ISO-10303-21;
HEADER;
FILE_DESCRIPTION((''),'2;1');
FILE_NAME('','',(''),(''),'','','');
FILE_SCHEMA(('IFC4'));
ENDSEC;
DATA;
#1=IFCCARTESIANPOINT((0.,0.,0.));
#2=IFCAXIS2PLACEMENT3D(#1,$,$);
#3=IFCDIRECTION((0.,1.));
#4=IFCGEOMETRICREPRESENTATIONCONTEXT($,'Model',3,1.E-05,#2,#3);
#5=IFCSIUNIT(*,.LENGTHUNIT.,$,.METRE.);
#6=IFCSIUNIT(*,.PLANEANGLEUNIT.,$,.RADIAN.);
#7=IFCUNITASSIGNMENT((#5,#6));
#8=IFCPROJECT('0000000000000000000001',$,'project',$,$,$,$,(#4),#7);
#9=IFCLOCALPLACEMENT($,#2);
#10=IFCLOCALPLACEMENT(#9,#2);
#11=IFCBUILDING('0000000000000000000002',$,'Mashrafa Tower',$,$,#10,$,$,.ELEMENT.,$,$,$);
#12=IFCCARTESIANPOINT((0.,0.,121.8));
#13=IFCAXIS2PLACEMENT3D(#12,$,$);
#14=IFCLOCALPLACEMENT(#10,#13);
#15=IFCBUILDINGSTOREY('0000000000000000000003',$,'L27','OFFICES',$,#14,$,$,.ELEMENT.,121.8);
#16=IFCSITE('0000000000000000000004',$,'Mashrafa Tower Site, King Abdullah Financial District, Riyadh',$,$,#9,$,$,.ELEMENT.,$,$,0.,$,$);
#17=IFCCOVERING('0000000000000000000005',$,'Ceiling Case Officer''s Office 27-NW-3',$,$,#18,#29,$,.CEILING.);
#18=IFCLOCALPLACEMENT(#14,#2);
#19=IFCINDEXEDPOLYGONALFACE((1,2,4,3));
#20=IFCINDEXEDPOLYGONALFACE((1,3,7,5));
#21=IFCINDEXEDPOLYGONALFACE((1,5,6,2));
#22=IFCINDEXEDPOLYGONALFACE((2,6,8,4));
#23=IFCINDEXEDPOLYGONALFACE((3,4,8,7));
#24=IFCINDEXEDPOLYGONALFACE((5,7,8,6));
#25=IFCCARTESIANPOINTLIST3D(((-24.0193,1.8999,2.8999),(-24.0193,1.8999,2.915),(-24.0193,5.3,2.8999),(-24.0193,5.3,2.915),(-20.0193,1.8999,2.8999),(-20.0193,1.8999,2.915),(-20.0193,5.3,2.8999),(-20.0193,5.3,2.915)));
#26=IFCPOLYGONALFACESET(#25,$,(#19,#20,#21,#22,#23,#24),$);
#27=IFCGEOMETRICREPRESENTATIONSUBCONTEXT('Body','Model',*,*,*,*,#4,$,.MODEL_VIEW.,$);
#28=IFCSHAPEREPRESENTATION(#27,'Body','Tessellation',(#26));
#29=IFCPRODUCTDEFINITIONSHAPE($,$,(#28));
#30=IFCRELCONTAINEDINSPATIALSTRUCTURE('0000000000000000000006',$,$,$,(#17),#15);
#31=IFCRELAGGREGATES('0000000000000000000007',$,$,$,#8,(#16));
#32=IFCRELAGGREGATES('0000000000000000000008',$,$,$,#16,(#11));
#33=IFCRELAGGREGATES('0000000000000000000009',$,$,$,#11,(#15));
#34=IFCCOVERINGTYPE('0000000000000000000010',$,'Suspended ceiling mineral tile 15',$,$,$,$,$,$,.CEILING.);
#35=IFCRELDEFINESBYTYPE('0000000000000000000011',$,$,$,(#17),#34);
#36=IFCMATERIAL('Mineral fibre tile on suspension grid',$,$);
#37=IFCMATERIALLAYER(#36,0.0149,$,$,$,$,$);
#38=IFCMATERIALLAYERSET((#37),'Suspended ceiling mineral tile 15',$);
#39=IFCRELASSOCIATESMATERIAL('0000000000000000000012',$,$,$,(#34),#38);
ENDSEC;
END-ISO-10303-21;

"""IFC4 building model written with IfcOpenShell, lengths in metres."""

from ifc_helpers import new_model, si_unit, direction, frame, origin, place, context, subcontext, project, spatial, polyline, outline, extrude, material, layer, layer_set, type_object, element, save


model = new_model("IFC4")

# Units and contexts
model_context = context("Model", 3, precision=1e-05, world=origin(), true_north=direction((0.0, 1.0)))
body_context = subcontext(model_context, "Body", "Model", "MODEL_VIEW")
ifc_project = project(units=[si_unit("LENGTHUNIT", "METRE"), si_unit("PLANEANGLEUNIT", "RADIAN")], contexts=[model_context])

# Site, building, storey
site_placement = place(None, origin())
site = spatial("IfcSite", under=ifc_project, at=site_placement, Name="Mashrafa Tower Site, King Abdullah Financial District, Riyadh", CompositionType="ELEMENT", RefElevation=0.0)
building_placement = place(site_placement, origin())
building = spatial("IfcBuilding", under=site, at=building_placement, Name="Mashrafa Tower", CompositionType="ELEMENT")
storey_placement = place(building_placement, frame((0.0, 0.0, 121.8)))
storey = spatial("IfcBuildingStorey", under=building, at=storey_placement, Name="L27", Description="OFFICES", CompositionType="ELEMENT", Elevation=121.8)

# Covering
ifc_material_1 = material(Name="Mineral fibre tile on suspension grid")
ifc_layer_1 = layer(ifc_material_1, 0.0149)
ifc_layer_set_1 = layer_set([ifc_layer_1], Name="Suspended ceiling mineral tile 15")
covering_type = type_object("IfcCoveringType", Name="Suspended ceiling mineral tile 15", PredefinedType="CEILING", material=ifc_layer_set_1)
covering_1_placement = place(storey_placement, frame((0.0, 0.0, 2.8999)))
element("IfcCovering", 1, at=covering_1_placement, inside=storey, type_object=covering_type, Name="Ceiling Case Officer's Office 27-NW-3", PredefinedType="CEILING", context=body_context, shape_type="SweptSolid", body=[
    extrude(outline(polyline([(-20.0193, 5.3), (-20.0193, 1.8999), (-24.0193, 1.8999), (-24.0193, 5.3), (-20.0193, 5.3)])), origin(), (0.0, 0.0, 1.0), 0.0151),
])

save(model, "model.ifc")
